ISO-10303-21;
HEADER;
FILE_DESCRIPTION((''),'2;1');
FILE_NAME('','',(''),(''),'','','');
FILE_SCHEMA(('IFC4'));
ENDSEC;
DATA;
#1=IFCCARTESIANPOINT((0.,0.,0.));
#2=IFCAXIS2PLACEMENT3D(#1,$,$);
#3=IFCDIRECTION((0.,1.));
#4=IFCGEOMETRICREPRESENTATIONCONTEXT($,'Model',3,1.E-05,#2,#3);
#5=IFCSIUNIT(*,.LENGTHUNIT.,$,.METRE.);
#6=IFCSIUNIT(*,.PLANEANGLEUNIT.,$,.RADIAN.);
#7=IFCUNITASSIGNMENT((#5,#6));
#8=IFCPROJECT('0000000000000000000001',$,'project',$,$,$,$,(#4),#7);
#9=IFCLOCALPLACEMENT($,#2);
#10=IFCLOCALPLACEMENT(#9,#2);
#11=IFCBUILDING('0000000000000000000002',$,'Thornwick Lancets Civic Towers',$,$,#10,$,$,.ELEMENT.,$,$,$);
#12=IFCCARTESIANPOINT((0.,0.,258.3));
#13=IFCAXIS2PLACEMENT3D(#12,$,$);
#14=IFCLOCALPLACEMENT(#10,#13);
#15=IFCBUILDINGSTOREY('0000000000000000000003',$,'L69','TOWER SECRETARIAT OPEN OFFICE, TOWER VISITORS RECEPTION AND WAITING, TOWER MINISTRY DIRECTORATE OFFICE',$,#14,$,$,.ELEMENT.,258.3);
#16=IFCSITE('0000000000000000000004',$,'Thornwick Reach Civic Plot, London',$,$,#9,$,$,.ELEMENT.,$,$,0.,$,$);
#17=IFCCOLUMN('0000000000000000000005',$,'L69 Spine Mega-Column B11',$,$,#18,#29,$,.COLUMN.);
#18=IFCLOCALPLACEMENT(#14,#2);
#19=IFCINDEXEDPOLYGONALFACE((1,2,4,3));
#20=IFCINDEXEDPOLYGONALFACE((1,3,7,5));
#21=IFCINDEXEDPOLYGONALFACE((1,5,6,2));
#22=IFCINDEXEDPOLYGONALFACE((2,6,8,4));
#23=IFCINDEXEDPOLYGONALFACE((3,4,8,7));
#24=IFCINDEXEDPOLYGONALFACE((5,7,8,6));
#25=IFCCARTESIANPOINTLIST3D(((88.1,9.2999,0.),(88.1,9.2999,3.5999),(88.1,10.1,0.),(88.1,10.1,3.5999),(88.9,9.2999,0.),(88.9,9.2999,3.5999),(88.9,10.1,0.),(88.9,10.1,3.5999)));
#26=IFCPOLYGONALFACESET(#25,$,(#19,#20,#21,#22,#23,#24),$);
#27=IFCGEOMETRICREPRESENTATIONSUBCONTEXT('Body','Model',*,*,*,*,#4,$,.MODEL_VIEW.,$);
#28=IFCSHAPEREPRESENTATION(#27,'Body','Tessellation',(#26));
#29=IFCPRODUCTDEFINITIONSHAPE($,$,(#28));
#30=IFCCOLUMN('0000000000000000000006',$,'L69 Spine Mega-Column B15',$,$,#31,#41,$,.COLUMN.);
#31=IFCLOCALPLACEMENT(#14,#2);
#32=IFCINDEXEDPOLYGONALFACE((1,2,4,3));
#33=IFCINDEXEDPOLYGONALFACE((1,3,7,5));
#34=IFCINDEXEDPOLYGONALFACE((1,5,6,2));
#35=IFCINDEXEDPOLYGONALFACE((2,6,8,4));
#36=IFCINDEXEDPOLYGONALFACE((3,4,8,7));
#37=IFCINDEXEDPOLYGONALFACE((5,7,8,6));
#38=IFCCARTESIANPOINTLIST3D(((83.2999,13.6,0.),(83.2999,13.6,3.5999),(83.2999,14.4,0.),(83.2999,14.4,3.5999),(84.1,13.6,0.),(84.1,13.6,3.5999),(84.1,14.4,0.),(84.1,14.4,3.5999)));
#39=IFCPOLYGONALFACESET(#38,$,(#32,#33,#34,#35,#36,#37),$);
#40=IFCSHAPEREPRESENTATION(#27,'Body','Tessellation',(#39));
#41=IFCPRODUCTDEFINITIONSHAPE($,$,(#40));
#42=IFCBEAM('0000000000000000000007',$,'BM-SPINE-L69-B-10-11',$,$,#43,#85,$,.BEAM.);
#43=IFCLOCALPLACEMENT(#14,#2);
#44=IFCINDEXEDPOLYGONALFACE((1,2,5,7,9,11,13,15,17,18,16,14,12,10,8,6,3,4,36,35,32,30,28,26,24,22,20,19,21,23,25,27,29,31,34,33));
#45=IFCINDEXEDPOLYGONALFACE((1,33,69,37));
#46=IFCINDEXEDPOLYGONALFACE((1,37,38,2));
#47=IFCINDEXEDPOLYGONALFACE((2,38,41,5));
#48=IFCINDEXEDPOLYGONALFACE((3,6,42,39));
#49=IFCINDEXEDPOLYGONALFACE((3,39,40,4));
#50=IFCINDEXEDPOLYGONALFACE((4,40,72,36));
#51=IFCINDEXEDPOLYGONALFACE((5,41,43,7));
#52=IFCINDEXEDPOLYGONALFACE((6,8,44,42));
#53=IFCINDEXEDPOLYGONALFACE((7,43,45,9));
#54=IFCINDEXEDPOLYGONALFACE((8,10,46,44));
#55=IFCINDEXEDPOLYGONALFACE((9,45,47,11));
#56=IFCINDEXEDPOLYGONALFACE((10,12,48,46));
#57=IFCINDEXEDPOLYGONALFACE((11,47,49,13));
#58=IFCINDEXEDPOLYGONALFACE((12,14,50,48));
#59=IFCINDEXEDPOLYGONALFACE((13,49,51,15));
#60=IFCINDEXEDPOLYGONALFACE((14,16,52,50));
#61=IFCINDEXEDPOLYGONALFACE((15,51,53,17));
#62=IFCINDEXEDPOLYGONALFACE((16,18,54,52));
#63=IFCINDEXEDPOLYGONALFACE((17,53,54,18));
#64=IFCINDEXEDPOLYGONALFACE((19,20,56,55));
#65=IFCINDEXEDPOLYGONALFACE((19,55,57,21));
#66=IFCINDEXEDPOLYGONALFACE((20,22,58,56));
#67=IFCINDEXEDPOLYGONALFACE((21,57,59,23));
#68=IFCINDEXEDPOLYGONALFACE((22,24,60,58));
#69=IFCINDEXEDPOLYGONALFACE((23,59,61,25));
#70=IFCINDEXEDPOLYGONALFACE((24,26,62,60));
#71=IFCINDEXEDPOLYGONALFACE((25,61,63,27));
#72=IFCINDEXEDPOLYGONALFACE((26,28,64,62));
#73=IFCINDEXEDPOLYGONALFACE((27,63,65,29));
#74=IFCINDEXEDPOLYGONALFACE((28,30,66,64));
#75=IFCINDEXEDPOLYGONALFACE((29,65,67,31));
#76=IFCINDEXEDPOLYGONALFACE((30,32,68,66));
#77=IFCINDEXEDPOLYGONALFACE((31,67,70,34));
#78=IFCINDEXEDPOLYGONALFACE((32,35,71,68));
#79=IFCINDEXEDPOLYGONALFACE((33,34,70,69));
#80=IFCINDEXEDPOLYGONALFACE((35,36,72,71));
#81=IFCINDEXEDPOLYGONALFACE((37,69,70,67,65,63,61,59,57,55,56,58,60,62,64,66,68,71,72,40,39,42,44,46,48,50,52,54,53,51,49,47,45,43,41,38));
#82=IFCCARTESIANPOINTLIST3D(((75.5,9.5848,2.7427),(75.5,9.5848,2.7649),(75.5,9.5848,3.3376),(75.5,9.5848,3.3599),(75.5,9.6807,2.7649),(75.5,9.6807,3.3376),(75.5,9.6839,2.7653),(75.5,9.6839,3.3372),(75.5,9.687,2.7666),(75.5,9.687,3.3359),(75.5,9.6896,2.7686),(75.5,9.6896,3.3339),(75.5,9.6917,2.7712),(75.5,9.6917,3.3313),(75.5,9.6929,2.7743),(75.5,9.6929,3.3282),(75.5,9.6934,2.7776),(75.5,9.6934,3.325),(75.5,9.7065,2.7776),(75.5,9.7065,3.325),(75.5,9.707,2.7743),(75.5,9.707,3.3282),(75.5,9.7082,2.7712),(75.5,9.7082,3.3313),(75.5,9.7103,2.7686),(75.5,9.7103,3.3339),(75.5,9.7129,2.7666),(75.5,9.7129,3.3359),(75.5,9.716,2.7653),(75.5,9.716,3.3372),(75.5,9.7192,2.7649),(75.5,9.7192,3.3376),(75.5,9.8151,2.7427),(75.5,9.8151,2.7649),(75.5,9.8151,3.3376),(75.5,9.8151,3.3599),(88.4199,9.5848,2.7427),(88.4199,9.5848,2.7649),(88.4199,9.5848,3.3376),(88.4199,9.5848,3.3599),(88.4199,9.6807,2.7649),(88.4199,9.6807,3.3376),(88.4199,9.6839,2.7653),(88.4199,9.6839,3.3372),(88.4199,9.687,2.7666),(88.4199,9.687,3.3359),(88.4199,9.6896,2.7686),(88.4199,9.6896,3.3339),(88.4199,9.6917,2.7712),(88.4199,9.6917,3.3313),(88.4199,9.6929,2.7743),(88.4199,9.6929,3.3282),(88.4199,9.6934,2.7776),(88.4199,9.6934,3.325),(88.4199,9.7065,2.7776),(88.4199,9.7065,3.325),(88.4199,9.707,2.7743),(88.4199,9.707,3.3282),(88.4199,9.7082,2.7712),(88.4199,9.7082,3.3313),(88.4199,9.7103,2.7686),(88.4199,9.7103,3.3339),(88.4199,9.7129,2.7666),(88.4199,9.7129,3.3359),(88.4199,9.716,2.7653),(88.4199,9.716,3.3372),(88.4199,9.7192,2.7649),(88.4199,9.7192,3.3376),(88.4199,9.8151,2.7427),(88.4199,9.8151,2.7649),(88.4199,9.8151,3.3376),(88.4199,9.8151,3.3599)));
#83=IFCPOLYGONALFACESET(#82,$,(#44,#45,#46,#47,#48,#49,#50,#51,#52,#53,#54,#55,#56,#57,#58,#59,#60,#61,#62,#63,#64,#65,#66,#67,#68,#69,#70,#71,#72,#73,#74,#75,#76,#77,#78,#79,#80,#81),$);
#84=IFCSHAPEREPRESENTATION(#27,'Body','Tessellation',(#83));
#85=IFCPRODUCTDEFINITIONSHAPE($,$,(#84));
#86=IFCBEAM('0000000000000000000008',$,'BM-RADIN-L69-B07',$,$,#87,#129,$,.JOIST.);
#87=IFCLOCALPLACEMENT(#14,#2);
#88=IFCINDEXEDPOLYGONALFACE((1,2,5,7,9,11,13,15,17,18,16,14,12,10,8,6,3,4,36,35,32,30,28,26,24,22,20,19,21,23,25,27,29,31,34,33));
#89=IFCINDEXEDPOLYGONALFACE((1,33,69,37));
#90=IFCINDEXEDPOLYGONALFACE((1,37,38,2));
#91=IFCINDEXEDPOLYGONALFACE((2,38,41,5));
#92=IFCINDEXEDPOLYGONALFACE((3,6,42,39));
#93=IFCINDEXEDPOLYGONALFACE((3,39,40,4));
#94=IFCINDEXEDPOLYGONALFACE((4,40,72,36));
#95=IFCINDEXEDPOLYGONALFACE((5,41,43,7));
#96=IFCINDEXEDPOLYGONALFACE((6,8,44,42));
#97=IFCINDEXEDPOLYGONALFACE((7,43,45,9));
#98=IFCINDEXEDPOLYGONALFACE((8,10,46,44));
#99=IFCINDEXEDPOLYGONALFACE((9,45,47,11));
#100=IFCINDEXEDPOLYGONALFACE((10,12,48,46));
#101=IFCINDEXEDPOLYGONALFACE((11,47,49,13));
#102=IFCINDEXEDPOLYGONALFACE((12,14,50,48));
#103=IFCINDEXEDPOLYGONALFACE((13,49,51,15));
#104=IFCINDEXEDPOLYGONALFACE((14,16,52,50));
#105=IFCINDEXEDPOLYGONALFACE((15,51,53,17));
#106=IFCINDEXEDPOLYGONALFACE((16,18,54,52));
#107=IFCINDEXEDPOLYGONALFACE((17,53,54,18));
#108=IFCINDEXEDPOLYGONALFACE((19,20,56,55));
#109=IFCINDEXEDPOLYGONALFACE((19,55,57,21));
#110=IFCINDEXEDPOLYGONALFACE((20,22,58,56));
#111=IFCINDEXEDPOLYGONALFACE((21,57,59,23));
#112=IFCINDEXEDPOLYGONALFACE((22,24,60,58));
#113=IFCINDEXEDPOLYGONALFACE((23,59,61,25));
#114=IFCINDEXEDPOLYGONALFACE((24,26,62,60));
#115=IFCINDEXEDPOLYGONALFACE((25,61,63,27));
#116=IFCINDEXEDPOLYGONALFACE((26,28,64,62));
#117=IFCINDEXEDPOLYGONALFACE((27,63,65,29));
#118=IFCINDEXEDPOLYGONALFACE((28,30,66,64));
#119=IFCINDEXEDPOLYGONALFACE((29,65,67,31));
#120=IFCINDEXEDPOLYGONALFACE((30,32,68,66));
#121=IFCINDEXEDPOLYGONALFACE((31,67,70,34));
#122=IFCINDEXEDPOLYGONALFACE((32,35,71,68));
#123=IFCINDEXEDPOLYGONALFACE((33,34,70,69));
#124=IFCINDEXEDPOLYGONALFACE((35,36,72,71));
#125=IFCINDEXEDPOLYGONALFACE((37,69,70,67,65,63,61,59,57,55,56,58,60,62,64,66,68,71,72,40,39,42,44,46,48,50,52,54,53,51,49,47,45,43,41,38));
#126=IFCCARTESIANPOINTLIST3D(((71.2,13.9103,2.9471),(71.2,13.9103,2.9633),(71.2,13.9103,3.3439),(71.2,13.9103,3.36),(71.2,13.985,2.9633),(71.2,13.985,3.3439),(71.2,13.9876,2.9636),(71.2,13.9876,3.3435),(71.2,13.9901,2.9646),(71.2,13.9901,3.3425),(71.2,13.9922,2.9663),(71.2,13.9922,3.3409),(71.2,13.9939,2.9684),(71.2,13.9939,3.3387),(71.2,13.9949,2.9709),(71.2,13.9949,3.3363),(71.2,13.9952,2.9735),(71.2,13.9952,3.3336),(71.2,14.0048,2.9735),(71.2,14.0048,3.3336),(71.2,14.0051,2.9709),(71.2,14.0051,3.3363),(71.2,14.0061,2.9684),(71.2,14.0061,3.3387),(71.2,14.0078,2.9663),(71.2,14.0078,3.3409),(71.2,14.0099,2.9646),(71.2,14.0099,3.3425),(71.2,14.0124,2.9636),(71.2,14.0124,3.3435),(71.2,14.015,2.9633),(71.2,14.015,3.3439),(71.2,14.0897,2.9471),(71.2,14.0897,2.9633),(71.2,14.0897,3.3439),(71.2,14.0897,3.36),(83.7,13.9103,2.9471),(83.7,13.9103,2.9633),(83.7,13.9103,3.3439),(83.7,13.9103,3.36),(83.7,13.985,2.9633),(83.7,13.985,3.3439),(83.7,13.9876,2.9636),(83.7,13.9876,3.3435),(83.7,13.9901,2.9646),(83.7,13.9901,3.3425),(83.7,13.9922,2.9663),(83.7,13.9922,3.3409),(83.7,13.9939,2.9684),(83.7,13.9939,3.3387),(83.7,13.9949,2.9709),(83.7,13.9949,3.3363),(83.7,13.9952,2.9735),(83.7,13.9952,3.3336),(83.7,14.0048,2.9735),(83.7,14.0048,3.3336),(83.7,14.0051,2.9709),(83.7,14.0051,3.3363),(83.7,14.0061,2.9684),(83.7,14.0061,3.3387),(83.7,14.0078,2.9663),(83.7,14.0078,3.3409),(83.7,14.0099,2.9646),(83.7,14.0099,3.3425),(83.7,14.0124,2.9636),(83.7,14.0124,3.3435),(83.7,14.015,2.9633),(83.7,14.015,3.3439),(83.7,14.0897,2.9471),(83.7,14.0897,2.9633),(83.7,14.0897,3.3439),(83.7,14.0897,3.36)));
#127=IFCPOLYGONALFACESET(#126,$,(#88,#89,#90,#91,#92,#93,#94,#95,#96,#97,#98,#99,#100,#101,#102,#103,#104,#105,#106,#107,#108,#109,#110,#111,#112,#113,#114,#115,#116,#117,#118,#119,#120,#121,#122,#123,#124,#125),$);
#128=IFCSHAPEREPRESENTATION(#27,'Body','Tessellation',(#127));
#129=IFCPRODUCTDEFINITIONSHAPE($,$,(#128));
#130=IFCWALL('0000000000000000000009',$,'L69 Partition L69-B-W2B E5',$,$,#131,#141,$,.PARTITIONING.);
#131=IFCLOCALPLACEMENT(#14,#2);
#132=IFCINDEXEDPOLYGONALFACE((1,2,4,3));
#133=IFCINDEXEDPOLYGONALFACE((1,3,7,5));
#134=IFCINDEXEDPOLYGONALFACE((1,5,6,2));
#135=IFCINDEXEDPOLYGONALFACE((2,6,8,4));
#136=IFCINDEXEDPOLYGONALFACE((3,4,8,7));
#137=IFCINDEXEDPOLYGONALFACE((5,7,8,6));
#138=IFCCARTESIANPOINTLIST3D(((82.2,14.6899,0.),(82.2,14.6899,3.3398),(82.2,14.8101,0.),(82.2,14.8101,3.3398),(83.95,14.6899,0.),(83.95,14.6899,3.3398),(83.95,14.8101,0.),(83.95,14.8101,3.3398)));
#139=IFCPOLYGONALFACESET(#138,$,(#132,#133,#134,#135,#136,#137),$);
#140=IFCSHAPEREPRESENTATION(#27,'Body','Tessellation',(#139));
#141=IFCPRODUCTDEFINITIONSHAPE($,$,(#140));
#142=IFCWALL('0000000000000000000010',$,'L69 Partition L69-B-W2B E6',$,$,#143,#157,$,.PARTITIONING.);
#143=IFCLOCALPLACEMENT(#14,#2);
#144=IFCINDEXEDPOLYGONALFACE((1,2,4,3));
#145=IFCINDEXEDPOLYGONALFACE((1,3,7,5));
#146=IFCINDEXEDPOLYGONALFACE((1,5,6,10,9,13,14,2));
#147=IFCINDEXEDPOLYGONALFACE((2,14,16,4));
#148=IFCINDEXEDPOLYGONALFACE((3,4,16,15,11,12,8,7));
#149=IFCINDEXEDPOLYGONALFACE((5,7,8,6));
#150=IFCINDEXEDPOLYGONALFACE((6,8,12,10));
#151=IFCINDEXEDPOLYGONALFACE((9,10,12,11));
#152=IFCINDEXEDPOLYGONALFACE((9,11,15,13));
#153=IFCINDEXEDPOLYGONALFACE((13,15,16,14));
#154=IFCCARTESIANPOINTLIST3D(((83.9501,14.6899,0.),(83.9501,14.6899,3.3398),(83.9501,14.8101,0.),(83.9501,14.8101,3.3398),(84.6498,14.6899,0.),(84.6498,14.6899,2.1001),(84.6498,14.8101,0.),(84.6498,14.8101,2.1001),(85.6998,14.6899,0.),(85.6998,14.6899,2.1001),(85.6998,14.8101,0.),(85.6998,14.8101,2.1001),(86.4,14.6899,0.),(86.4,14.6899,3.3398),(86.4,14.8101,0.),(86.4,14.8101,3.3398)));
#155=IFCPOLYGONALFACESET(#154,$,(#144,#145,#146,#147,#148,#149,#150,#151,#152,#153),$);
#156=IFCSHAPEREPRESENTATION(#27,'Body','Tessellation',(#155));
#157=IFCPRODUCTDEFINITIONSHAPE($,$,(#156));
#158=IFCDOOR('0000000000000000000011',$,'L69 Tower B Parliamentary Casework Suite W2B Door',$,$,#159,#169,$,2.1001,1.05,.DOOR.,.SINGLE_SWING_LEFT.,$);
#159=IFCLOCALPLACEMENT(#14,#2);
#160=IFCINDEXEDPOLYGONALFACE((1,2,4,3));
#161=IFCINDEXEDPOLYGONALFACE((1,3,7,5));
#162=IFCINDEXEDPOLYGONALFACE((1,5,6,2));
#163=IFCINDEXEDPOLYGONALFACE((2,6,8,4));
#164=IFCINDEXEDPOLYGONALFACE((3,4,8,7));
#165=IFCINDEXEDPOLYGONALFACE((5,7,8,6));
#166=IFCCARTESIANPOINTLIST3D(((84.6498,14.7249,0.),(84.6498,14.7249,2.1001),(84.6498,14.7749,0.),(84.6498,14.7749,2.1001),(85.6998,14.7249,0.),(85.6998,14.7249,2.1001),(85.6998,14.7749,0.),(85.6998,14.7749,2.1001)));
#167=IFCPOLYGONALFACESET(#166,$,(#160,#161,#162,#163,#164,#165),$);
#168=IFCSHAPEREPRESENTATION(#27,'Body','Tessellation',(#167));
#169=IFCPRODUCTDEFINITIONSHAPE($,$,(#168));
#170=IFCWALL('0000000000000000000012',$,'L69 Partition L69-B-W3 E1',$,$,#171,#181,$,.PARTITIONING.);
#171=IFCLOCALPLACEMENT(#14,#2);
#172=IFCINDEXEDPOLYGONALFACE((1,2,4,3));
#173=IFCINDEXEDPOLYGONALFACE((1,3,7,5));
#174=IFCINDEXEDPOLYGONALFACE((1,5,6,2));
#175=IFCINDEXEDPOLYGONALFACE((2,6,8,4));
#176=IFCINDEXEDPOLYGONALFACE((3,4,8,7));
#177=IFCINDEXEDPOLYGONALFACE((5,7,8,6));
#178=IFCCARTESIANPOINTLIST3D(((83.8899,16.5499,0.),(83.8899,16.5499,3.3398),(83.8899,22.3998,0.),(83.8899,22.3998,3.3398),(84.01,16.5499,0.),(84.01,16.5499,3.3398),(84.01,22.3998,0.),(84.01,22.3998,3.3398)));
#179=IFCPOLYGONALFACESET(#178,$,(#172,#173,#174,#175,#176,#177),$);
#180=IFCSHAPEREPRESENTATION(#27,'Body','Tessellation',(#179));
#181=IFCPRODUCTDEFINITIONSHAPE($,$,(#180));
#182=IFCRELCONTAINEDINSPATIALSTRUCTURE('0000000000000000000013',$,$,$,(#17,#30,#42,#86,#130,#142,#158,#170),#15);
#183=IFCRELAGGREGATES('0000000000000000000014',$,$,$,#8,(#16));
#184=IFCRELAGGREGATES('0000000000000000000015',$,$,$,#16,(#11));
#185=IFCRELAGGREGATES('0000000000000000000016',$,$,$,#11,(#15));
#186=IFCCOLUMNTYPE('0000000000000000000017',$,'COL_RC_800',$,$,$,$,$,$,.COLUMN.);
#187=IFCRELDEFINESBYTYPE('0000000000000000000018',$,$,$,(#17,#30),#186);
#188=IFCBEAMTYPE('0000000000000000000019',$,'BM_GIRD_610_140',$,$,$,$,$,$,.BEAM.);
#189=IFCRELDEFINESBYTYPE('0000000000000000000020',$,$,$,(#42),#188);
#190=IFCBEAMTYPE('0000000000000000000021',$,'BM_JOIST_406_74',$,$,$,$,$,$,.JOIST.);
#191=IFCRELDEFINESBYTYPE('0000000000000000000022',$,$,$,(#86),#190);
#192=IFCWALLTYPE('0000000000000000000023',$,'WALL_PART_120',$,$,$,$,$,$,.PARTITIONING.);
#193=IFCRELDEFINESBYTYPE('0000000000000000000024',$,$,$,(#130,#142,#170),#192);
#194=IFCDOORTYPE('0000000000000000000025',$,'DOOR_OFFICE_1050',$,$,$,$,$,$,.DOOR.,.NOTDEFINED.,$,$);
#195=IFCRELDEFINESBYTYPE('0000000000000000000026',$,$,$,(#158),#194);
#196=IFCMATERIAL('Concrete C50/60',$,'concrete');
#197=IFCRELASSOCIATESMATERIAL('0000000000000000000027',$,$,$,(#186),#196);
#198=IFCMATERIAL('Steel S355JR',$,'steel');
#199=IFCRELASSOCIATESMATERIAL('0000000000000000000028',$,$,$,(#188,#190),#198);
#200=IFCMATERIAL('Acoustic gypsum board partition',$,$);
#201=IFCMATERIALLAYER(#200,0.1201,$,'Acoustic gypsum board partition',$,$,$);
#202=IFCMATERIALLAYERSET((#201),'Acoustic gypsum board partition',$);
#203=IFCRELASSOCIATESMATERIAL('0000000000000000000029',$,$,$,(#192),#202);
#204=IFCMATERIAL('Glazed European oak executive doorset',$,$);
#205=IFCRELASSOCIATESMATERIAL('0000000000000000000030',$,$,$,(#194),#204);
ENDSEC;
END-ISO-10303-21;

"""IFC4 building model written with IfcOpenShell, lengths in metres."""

from ifc_helpers import new_model, si_unit, direction, frame, frame_2d, origin, origin_2d, place, context, subcontext, project, spatial, rectangle, i_section, extrude, material, layer, layer_set, material_profile, profile_set, type_object, element, fill, save


model = new_model("IFC4")

# Units and contexts
model_context = context("Model", 3, precision=1e-05, world=origin(), true_north=direction((0.0, 1.0)))
body_context = subcontext(model_context, "Body", "Model", "MODEL_VIEW")
ifc_project = project(units=[si_unit("LENGTHUNIT", "METRE"), si_unit("PLANEANGLEUNIT", "RADIAN")], contexts=[model_context])

# Site, building, storey
site_placement = place(None, origin())
site = spatial("IfcSite", under=ifc_project, at=site_placement, Name="Thornwick Reach Civic Plot, London", CompositionType="ELEMENT", RefElevation=0.0)
building_placement = place(site_placement, origin())
building = spatial("IfcBuilding", under=site, at=building_placement, Name="Thornwick Lancets Civic Towers", CompositionType="ELEMENT")
storey_placement = place(building_placement, frame((0.0, 0.0, 258.3)))
storey = spatial("IfcBuildingStorey", under=building, at=storey_placement, Name="L69", Description="TOWER SECRETARIAT OPEN OFFICE, TOWER VISITORS RECEPTION AND WAITING, TOWER MINISTRY DIRECTORATE OFFICE", CompositionType="ELEMENT", Elevation=258.3)

# Columns
ifc_material_1 = material(Name="Concrete C50/60", Category="concrete")
ifc_material_profile_1 = material_profile(ifc_material_1, rectangle(XDim=0.8, YDim=0.8, at=origin_2d()), Name="RC 800x800")
ifc_profile_set_1 = profile_set([ifc_material_profile_1], Name="Concrete C50/60")
column_type = type_object("IfcColumnType", Name="COL_RC_800", PredefinedType="COLUMN", material=ifc_profile_set_1)
for number, where, z_axis, x_axis, name in (
    (1, (88.5, 9.7, 0.0), (0.0, 0.0, 1.0), (1.0, 0.0, 0.0), "L69 Spine Mega-Column B11"),
    (2, (83.7, 14.0, 0.0), (0.0, 0.0, 1.0), (1.0, 0.0, 0.0), "L69 Spine Mega-Column B15"),
):
    element("IfcColumn", number, at=place(storey_placement, frame(where, z_axis=z_axis, x_axis=x_axis)), inside=storey, type_object=column_type, Name=name, PredefinedType="COLUMN", context=body_context, shape_type="SweptSolid", body=[
        extrude(rectangle(XDim=0.8, YDim=0.8, at=origin_2d()), origin(), (0.0, 0.0, 1.0), 3.5999),
    ])

# Beams
ifc_material_2 = material(Name="Steel S355JR", Category="steel")
ifc_material_profile_2 = material_profile(ifc_material_2, i_section(OverallWidth=0.2302, OverallDepth=0.6172, WebThickness=0.0132, FlangeThickness=0.0222, FilletRadius=0.0127, at=origin_2d()), Name="UKB 610x229x140")
ifc_profile_set_2 = profile_set([ifc_material_profile_2], Name="Steel S355JR")
beam_type_1 = type_object("IfcBeamType", Name="BM_GIRD_610_140", PredefinedType="BEAM", material=ifc_profile_set_2)
beam_1_placement = place(storey_placement, frame((88.4199, 9.7, 3.0513), z_axis=(-1.0, 0.0, 0.0), x_axis=(0.0, -1.0, 0.0)))
element("IfcBeam", 3, at=beam_1_placement, inside=storey, type_object=beam_type_1, Name="BM-SPINE-L69-B-10-11", PredefinedType="BEAM", context=body_context, shape_type="SweptSolid", body=[
    extrude(i_section(OverallWidth=0.2302, OverallDepth=0.6172, WebThickness=0.0132, FlangeThickness=0.0222, FilletRadius=0.0127, at=origin_2d()), origin(), (0.0, 0.0, 1.0), 12.9199),
])
ifc_material_profile_3 = material_profile(ifc_material_2, i_section(OverallWidth=0.1794, OverallDepth=0.4128, WebThickness=0.0095, FlangeThickness=0.0161, FilletRadius=0.0103, at=origin_2d()), Name="UKB 406x178x74")
ifc_profile_set_3 = profile_set([ifc_material_profile_3], Name="Steel S355JR")
beam_type_2 = type_object("IfcBeamType", Name="BM_JOIST_406_74", PredefinedType="JOIST", material=ifc_profile_set_3)
beam_2_placement = place(storey_placement, frame((83.7, 14.0, 3.1536), z_axis=(-1.0, 0.0, 0.0), x_axis=(0.0, -1.0, 0.0)))
element("IfcBeam", 4, at=beam_2_placement, inside=storey, type_object=beam_type_2, Name="BM-RADIN-L69-B07", PredefinedType="JOIST", context=body_context, shape_type="SweptSolid", body=[
    extrude(i_section(OverallWidth=0.1794, OverallDepth=0.4128, WebThickness=0.0095, FlangeThickness=0.0161, FilletRadius=0.0103, at=origin_2d()), origin(), (0.0, 0.0, 1.0), 12.5),
])

# Wall
ifc_material_3 = material(Name="Acoustic gypsum board partition")
ifc_layer_1 = layer(ifc_material_3, 0.1201, Name="Acoustic gypsum board partition")
ifc_layer_set_1 = layer_set([ifc_layer_1], Name="Acoustic gypsum board partition")
wall_type_1 = type_object("IfcWallType", Name="WALL_PART_120", PredefinedType="PARTITIONING", material=ifc_layer_set_1)
wall_1_placement = place(storey_placement, frame((82.2, 14.75, 0.0), z_axis=(0.0, 0.0, 1.0), x_axis=(1.0, 0.0, 0.0)))
element("IfcWall", 5, at=wall_1_placement, inside=storey, type_object=wall_type_1, Name="L69 Partition L69-B-W2B E5", PredefinedType="PARTITIONING", context=body_context, shape_type="SweptSolid", body=[
    extrude(rectangle(XDim=1.75, YDim=0.1201, at=frame_2d((0.875, 0.0))), origin(), (0.0, 0.0, 1.0), 3.3398),
])

# Wall, opening, door
wall_2_placement = place(storey_placement, frame((83.95, 14.75, 0.0), z_axis=(0.0, 0.0, 1.0), x_axis=(1.0, 0.0, 0.0)))
wall_2 = element("IfcWall", 6, at=wall_2_placement, inside=storey, type_object=wall_type_1, Name="L69 Partition L69-B-W2B E6", PredefinedType="PARTITIONING", context=body_context, shape_type="SweptSolid", body=[
    extrude(rectangle(XDim=2.45, YDim=0.1201, at=frame_2d((1.2251, 0.0))), origin(), (0.0, 0.0, 1.0), 3.3398),
])
opening_1_placement = place(wall_2_placement, frame((0.7, 0.0, 0.0)))
opening_1 = element("IfcOpeningElement", 7, at=opening_1_placement, cuts=wall_2, PredefinedType="OPENING", context=body_context, shape_type="SweptSolid", body=[
    extrude(rectangle(XDim=1.05, YDim=2.1001, at=frame_2d((0.5249, 1.05))), frame((0.0, 0.0701, 0.0), z_axis=(0.0, -1.0, 0.0), x_axis=(1.0, 0.0, 0.0)), (0.0, 0.0, 1.0), 0.1401),
])
ifc_material_4 = material(Name="Glazed European oak executive doorset")
door_type_1 = type_object("IfcDoorType", Name="DOOR_OFFICE_1050", OperationType="NOTDEFINED", PredefinedType="DOOR", material=ifc_material_4)
door_1_placement = place(opening_1_placement, origin())
door_1 = element("IfcDoor", 8, at=door_1_placement, inside=storey, type_object=door_type_1, Name="L69 Tower B Parliamentary Casework Suite W2B Door", OperationType="SINGLE_SWING_LEFT", OverallHeight=2.1001, OverallWidth=1.05, PredefinedType="DOOR", context=body_context, shape_type="SweptSolid", body=[
    extrude(rectangle(XDim=1.05, YDim=2.1001, at=frame_2d((0.5249, 1.05))), frame((0.0, 0.0249, 0.0), z_axis=(0.0, -1.0, 0.0), x_axis=(1.0, 0.0, 0.0)), (0.0, 0.0, 1.0), 0.05),
])
fill(opening_1, door_1)

# Wall
wall_3_placement = place(storey_placement, frame((83.95, 16.55, 0.0), z_axis=(0.0, 0.0, 1.0), x_axis=(0.0, 1.0, 0.0)))
element("IfcWall", 9, at=wall_3_placement, inside=storey, type_object=wall_type_1, Name="L69 Partition L69-B-W3 E1", PredefinedType="PARTITIONING", context=body_context, shape_type="SweptSolid", body=[
    extrude(rectangle(XDim=5.8499, YDim=0.1201, at=frame_2d((2.9248, 0.0))), origin(), (0.0, 0.0, 1.0), 3.3398),
])

save(model, "model.ifc")
